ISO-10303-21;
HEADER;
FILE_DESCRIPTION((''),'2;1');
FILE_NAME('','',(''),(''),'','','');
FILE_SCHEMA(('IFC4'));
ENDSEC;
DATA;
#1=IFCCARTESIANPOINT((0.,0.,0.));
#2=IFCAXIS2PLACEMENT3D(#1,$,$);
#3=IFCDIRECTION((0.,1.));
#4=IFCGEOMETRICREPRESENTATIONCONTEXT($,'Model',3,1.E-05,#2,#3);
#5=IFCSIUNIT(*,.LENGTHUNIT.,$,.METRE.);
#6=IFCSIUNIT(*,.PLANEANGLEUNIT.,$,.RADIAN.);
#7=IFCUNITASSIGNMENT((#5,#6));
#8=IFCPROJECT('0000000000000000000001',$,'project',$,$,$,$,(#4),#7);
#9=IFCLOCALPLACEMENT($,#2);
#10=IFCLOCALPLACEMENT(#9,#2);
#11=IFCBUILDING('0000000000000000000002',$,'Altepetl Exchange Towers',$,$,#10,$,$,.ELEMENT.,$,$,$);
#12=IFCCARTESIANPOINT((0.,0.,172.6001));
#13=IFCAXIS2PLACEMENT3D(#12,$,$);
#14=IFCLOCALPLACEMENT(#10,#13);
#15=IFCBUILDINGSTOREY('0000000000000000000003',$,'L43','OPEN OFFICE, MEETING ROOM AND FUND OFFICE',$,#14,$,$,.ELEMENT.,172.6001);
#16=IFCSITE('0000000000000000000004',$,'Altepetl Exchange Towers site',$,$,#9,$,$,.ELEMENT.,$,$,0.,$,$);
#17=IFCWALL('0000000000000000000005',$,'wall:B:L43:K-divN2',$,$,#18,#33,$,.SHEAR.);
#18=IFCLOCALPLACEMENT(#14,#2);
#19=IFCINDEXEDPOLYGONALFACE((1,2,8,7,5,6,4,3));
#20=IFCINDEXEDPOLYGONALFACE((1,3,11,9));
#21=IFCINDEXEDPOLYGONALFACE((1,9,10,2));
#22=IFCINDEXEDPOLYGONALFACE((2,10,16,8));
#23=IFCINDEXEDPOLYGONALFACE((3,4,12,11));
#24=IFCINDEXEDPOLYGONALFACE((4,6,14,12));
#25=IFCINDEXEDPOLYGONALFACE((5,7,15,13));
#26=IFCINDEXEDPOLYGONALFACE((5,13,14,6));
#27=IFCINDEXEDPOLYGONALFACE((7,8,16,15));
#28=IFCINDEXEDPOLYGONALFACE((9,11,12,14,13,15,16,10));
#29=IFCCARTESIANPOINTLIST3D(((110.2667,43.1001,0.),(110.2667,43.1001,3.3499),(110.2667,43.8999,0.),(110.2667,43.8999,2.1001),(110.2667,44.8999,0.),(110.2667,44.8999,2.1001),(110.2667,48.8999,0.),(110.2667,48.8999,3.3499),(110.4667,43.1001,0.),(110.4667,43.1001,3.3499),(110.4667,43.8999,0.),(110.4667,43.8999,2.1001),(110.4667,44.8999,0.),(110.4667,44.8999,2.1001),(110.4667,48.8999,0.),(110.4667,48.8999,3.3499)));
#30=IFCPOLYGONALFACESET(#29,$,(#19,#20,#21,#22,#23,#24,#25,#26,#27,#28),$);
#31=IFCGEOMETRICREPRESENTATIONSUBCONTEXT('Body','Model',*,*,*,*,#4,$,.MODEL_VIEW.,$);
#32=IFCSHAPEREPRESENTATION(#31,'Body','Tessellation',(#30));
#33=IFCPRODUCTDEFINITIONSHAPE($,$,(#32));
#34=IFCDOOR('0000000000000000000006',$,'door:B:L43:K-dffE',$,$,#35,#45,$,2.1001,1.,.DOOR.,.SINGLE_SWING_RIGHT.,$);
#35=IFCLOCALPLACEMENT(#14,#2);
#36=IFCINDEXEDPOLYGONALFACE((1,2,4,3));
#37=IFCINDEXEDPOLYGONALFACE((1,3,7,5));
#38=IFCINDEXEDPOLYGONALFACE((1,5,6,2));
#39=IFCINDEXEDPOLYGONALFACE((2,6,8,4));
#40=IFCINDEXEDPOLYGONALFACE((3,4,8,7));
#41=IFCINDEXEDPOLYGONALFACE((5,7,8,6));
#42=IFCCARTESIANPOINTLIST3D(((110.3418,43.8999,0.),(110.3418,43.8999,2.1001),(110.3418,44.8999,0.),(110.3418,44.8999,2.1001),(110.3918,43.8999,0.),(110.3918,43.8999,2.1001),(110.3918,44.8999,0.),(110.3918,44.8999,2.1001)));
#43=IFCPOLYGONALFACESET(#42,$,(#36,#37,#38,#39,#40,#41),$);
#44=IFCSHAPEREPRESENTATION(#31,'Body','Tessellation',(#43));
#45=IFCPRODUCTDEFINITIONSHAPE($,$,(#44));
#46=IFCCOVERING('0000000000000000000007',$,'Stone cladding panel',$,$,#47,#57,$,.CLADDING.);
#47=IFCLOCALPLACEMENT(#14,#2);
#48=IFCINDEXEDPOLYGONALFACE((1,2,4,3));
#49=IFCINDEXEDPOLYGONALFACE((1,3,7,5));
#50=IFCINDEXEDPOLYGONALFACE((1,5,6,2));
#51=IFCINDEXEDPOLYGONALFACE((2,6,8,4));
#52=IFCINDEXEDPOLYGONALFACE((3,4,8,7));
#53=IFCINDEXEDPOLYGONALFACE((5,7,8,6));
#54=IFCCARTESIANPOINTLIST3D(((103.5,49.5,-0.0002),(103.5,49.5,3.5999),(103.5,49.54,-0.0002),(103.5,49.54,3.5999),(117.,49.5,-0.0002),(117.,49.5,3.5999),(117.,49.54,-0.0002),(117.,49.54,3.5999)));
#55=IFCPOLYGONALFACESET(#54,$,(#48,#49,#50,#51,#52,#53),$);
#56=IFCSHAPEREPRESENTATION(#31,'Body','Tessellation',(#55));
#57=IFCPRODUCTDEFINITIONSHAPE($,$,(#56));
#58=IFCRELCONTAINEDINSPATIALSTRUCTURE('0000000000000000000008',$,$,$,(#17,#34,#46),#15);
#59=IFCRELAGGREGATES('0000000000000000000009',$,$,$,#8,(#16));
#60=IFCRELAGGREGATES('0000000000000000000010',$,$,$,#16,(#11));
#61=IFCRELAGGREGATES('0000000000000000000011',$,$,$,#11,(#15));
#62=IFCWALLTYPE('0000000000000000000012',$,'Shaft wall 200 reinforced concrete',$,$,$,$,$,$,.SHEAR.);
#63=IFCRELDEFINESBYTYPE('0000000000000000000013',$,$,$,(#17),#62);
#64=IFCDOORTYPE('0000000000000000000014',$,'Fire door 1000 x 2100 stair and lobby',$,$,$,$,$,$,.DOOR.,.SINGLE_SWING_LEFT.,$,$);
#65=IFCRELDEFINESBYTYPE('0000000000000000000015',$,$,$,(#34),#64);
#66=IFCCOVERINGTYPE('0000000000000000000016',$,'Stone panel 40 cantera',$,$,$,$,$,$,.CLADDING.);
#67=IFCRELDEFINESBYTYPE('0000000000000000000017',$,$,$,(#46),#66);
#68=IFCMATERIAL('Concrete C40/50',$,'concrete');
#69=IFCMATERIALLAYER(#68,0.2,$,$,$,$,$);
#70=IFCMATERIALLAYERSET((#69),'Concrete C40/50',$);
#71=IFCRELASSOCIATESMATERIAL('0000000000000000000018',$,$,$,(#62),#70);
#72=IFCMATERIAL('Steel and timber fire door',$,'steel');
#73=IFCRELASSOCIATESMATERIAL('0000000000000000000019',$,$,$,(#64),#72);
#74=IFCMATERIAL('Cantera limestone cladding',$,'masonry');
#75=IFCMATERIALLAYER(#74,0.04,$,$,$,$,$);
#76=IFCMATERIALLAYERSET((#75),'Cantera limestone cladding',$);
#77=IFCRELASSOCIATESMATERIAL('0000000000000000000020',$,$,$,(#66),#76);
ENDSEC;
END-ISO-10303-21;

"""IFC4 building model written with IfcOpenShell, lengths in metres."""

from ifc_helpers import new_model, si_unit, direction, frame, frame_2d, origin, origin_2d, place, context, subcontext, project, spatial, rectangle, extrude, material, layer, layer_set, type_object, element, fill, save


model = new_model("IFC4")

# Units and contexts
model_context = context("Model", 3, precision=1e-05, world=origin(), true_north=direction((0.0, 1.0)))
body_context = subcontext(model_context, "Body", "Model", "MODEL_VIEW")
ifc_project = project(units=[si_unit("LENGTHUNIT", "METRE"), si_unit("PLANEANGLEUNIT", "RADIAN")], contexts=[model_context])

# Site, building, storey
site_placement = place(None, origin())
site = spatial("IfcSite", under=ifc_project, at=site_placement, Name="Altepetl Exchange Towers site", CompositionType="ELEMENT", RefElevation=0.0)
building_placement = place(site_placement, origin())
building = spatial("IfcBuilding", under=site, at=building_placement, Name="Altepetl Exchange Towers", CompositionType="ELEMENT")
storey_placement = place(building_placement, frame((0.0, 0.0, 172.6001)))
storey = spatial("IfcBuildingStorey", under=building, at=storey_placement, Name="L43", Description="OPEN OFFICE, MEETING ROOM AND FUND OFFICE", CompositionType="ELEMENT", Elevation=172.6001)

# Shared definitions
ifc_material_1 = material(Name="Concrete C40/50", Category="concrete")
ifc_layer_1 = layer(ifc_material_1, 0.2)
ifc_layer_set_1 = layer_set([ifc_layer_1], Name="Concrete C40/50")
wall_type_1 = type_object("IfcWallType", Name="Shaft wall 200 reinforced concrete", PredefinedType="SHEAR", material=ifc_layer_set_1)

# Wall, opening, door
wall_1_placement = place(storey_placement, frame((110.3667, 48.8999, 0.0), z_axis=(0.0, 0.0, 1.0), x_axis=(0.0, -1.0, 0.0)))
wall_1 = element("IfcWall", 1, at=wall_1_placement, inside=storey, type_object=wall_type_1, Name="wall:B:L43:K-divN2", PredefinedType="SHEAR", context=body_context, shape_type="SweptSolid", body=[
    extrude(rectangle(XDim=5.7998, YDim=0.2, at=frame_2d((2.8999, 0.0))), origin(), (0.0, 0.0, 1.0), 3.3499),
])
opening_placement = place(wall_1_placement, frame((4.0, 0.0, 0.0)))
opening = element("IfcOpeningElement", 2, at=opening_placement, cuts=wall_1, PredefinedType="OPENING", context=body_context, shape_type="SweptSolid", body=[
    extrude(rectangle(XDim=1.0, YDim=2.1001, at=frame_2d((0.5, 1.05))), frame((0.0, 0.1099, 0.0), z_axis=(0.0, -1.0, 0.0), x_axis=(1.0, 0.0, 0.0)), (0.0, 0.0, 1.0), 0.22),
])
ifc_material_2 = material(Name="Steel and timber fire door", Category="steel")
door_type = type_object("IfcDoorType", Name="Fire door 1000 x 2100 stair and lobby", OperationType="SINGLE_SWING_LEFT", PredefinedType="DOOR", material=ifc_material_2)
door_placement = place(opening_placement, frame((1.0, 0.0, 0.0), x_axis=(-1.0, 0.0, 0.0)))
door = element("IfcDoor", 3, at=door_placement, inside=storey, type_object=door_type, Name="door:B:L43:K-dffE", OperationType="SINGLE_SWING_RIGHT", OverallHeight=2.1001, OverallWidth=1.0, PredefinedType="DOOR", context=body_context, shape_type="SweptSolid", body=[
    extrude(rectangle(XDim=1.0, YDim=2.1001, at=frame_2d((0.5, 1.05))), frame((0.0, 0.0249, 0.0), z_axis=(0.0, -1.0, 0.0), x_axis=(1.0, 0.0, 0.0)), (0.0, 0.0, 1.0), 0.05),
])
fill(opening, door)

# Covering
ifc_material_3 = material(Name="Cantera limestone cladding", Category="masonry")
ifc_layer_2 = layer(ifc_material_3, 0.04)
ifc_layer_set_2 = layer_set([ifc_layer_2], Name="Cantera limestone cladding")
covering_type = type_object("IfcCoveringType", Name="Stone panel 40 cantera", PredefinedType="CLADDING", material=ifc_layer_set_2)
covering_placement = place(storey_placement, frame((110.25, 49.52, -0.0002), z_axis=(0.0, 0.0, 1.0), x_axis=(-1.0, 0.0, 0.0)))
element("IfcCovering", 4, at=covering_placement, inside=storey, type_object=covering_type, Name="Stone cladding panel", PredefinedType="CLADDING", context=body_context, shape_type="SweptSolid", body=[
    extrude(rectangle(XDim=13.5, YDim=0.04, at=origin_2d()), origin(), (0.0, 0.0, 1.0), 3.6001),
])

save(model, "model.ifc")
